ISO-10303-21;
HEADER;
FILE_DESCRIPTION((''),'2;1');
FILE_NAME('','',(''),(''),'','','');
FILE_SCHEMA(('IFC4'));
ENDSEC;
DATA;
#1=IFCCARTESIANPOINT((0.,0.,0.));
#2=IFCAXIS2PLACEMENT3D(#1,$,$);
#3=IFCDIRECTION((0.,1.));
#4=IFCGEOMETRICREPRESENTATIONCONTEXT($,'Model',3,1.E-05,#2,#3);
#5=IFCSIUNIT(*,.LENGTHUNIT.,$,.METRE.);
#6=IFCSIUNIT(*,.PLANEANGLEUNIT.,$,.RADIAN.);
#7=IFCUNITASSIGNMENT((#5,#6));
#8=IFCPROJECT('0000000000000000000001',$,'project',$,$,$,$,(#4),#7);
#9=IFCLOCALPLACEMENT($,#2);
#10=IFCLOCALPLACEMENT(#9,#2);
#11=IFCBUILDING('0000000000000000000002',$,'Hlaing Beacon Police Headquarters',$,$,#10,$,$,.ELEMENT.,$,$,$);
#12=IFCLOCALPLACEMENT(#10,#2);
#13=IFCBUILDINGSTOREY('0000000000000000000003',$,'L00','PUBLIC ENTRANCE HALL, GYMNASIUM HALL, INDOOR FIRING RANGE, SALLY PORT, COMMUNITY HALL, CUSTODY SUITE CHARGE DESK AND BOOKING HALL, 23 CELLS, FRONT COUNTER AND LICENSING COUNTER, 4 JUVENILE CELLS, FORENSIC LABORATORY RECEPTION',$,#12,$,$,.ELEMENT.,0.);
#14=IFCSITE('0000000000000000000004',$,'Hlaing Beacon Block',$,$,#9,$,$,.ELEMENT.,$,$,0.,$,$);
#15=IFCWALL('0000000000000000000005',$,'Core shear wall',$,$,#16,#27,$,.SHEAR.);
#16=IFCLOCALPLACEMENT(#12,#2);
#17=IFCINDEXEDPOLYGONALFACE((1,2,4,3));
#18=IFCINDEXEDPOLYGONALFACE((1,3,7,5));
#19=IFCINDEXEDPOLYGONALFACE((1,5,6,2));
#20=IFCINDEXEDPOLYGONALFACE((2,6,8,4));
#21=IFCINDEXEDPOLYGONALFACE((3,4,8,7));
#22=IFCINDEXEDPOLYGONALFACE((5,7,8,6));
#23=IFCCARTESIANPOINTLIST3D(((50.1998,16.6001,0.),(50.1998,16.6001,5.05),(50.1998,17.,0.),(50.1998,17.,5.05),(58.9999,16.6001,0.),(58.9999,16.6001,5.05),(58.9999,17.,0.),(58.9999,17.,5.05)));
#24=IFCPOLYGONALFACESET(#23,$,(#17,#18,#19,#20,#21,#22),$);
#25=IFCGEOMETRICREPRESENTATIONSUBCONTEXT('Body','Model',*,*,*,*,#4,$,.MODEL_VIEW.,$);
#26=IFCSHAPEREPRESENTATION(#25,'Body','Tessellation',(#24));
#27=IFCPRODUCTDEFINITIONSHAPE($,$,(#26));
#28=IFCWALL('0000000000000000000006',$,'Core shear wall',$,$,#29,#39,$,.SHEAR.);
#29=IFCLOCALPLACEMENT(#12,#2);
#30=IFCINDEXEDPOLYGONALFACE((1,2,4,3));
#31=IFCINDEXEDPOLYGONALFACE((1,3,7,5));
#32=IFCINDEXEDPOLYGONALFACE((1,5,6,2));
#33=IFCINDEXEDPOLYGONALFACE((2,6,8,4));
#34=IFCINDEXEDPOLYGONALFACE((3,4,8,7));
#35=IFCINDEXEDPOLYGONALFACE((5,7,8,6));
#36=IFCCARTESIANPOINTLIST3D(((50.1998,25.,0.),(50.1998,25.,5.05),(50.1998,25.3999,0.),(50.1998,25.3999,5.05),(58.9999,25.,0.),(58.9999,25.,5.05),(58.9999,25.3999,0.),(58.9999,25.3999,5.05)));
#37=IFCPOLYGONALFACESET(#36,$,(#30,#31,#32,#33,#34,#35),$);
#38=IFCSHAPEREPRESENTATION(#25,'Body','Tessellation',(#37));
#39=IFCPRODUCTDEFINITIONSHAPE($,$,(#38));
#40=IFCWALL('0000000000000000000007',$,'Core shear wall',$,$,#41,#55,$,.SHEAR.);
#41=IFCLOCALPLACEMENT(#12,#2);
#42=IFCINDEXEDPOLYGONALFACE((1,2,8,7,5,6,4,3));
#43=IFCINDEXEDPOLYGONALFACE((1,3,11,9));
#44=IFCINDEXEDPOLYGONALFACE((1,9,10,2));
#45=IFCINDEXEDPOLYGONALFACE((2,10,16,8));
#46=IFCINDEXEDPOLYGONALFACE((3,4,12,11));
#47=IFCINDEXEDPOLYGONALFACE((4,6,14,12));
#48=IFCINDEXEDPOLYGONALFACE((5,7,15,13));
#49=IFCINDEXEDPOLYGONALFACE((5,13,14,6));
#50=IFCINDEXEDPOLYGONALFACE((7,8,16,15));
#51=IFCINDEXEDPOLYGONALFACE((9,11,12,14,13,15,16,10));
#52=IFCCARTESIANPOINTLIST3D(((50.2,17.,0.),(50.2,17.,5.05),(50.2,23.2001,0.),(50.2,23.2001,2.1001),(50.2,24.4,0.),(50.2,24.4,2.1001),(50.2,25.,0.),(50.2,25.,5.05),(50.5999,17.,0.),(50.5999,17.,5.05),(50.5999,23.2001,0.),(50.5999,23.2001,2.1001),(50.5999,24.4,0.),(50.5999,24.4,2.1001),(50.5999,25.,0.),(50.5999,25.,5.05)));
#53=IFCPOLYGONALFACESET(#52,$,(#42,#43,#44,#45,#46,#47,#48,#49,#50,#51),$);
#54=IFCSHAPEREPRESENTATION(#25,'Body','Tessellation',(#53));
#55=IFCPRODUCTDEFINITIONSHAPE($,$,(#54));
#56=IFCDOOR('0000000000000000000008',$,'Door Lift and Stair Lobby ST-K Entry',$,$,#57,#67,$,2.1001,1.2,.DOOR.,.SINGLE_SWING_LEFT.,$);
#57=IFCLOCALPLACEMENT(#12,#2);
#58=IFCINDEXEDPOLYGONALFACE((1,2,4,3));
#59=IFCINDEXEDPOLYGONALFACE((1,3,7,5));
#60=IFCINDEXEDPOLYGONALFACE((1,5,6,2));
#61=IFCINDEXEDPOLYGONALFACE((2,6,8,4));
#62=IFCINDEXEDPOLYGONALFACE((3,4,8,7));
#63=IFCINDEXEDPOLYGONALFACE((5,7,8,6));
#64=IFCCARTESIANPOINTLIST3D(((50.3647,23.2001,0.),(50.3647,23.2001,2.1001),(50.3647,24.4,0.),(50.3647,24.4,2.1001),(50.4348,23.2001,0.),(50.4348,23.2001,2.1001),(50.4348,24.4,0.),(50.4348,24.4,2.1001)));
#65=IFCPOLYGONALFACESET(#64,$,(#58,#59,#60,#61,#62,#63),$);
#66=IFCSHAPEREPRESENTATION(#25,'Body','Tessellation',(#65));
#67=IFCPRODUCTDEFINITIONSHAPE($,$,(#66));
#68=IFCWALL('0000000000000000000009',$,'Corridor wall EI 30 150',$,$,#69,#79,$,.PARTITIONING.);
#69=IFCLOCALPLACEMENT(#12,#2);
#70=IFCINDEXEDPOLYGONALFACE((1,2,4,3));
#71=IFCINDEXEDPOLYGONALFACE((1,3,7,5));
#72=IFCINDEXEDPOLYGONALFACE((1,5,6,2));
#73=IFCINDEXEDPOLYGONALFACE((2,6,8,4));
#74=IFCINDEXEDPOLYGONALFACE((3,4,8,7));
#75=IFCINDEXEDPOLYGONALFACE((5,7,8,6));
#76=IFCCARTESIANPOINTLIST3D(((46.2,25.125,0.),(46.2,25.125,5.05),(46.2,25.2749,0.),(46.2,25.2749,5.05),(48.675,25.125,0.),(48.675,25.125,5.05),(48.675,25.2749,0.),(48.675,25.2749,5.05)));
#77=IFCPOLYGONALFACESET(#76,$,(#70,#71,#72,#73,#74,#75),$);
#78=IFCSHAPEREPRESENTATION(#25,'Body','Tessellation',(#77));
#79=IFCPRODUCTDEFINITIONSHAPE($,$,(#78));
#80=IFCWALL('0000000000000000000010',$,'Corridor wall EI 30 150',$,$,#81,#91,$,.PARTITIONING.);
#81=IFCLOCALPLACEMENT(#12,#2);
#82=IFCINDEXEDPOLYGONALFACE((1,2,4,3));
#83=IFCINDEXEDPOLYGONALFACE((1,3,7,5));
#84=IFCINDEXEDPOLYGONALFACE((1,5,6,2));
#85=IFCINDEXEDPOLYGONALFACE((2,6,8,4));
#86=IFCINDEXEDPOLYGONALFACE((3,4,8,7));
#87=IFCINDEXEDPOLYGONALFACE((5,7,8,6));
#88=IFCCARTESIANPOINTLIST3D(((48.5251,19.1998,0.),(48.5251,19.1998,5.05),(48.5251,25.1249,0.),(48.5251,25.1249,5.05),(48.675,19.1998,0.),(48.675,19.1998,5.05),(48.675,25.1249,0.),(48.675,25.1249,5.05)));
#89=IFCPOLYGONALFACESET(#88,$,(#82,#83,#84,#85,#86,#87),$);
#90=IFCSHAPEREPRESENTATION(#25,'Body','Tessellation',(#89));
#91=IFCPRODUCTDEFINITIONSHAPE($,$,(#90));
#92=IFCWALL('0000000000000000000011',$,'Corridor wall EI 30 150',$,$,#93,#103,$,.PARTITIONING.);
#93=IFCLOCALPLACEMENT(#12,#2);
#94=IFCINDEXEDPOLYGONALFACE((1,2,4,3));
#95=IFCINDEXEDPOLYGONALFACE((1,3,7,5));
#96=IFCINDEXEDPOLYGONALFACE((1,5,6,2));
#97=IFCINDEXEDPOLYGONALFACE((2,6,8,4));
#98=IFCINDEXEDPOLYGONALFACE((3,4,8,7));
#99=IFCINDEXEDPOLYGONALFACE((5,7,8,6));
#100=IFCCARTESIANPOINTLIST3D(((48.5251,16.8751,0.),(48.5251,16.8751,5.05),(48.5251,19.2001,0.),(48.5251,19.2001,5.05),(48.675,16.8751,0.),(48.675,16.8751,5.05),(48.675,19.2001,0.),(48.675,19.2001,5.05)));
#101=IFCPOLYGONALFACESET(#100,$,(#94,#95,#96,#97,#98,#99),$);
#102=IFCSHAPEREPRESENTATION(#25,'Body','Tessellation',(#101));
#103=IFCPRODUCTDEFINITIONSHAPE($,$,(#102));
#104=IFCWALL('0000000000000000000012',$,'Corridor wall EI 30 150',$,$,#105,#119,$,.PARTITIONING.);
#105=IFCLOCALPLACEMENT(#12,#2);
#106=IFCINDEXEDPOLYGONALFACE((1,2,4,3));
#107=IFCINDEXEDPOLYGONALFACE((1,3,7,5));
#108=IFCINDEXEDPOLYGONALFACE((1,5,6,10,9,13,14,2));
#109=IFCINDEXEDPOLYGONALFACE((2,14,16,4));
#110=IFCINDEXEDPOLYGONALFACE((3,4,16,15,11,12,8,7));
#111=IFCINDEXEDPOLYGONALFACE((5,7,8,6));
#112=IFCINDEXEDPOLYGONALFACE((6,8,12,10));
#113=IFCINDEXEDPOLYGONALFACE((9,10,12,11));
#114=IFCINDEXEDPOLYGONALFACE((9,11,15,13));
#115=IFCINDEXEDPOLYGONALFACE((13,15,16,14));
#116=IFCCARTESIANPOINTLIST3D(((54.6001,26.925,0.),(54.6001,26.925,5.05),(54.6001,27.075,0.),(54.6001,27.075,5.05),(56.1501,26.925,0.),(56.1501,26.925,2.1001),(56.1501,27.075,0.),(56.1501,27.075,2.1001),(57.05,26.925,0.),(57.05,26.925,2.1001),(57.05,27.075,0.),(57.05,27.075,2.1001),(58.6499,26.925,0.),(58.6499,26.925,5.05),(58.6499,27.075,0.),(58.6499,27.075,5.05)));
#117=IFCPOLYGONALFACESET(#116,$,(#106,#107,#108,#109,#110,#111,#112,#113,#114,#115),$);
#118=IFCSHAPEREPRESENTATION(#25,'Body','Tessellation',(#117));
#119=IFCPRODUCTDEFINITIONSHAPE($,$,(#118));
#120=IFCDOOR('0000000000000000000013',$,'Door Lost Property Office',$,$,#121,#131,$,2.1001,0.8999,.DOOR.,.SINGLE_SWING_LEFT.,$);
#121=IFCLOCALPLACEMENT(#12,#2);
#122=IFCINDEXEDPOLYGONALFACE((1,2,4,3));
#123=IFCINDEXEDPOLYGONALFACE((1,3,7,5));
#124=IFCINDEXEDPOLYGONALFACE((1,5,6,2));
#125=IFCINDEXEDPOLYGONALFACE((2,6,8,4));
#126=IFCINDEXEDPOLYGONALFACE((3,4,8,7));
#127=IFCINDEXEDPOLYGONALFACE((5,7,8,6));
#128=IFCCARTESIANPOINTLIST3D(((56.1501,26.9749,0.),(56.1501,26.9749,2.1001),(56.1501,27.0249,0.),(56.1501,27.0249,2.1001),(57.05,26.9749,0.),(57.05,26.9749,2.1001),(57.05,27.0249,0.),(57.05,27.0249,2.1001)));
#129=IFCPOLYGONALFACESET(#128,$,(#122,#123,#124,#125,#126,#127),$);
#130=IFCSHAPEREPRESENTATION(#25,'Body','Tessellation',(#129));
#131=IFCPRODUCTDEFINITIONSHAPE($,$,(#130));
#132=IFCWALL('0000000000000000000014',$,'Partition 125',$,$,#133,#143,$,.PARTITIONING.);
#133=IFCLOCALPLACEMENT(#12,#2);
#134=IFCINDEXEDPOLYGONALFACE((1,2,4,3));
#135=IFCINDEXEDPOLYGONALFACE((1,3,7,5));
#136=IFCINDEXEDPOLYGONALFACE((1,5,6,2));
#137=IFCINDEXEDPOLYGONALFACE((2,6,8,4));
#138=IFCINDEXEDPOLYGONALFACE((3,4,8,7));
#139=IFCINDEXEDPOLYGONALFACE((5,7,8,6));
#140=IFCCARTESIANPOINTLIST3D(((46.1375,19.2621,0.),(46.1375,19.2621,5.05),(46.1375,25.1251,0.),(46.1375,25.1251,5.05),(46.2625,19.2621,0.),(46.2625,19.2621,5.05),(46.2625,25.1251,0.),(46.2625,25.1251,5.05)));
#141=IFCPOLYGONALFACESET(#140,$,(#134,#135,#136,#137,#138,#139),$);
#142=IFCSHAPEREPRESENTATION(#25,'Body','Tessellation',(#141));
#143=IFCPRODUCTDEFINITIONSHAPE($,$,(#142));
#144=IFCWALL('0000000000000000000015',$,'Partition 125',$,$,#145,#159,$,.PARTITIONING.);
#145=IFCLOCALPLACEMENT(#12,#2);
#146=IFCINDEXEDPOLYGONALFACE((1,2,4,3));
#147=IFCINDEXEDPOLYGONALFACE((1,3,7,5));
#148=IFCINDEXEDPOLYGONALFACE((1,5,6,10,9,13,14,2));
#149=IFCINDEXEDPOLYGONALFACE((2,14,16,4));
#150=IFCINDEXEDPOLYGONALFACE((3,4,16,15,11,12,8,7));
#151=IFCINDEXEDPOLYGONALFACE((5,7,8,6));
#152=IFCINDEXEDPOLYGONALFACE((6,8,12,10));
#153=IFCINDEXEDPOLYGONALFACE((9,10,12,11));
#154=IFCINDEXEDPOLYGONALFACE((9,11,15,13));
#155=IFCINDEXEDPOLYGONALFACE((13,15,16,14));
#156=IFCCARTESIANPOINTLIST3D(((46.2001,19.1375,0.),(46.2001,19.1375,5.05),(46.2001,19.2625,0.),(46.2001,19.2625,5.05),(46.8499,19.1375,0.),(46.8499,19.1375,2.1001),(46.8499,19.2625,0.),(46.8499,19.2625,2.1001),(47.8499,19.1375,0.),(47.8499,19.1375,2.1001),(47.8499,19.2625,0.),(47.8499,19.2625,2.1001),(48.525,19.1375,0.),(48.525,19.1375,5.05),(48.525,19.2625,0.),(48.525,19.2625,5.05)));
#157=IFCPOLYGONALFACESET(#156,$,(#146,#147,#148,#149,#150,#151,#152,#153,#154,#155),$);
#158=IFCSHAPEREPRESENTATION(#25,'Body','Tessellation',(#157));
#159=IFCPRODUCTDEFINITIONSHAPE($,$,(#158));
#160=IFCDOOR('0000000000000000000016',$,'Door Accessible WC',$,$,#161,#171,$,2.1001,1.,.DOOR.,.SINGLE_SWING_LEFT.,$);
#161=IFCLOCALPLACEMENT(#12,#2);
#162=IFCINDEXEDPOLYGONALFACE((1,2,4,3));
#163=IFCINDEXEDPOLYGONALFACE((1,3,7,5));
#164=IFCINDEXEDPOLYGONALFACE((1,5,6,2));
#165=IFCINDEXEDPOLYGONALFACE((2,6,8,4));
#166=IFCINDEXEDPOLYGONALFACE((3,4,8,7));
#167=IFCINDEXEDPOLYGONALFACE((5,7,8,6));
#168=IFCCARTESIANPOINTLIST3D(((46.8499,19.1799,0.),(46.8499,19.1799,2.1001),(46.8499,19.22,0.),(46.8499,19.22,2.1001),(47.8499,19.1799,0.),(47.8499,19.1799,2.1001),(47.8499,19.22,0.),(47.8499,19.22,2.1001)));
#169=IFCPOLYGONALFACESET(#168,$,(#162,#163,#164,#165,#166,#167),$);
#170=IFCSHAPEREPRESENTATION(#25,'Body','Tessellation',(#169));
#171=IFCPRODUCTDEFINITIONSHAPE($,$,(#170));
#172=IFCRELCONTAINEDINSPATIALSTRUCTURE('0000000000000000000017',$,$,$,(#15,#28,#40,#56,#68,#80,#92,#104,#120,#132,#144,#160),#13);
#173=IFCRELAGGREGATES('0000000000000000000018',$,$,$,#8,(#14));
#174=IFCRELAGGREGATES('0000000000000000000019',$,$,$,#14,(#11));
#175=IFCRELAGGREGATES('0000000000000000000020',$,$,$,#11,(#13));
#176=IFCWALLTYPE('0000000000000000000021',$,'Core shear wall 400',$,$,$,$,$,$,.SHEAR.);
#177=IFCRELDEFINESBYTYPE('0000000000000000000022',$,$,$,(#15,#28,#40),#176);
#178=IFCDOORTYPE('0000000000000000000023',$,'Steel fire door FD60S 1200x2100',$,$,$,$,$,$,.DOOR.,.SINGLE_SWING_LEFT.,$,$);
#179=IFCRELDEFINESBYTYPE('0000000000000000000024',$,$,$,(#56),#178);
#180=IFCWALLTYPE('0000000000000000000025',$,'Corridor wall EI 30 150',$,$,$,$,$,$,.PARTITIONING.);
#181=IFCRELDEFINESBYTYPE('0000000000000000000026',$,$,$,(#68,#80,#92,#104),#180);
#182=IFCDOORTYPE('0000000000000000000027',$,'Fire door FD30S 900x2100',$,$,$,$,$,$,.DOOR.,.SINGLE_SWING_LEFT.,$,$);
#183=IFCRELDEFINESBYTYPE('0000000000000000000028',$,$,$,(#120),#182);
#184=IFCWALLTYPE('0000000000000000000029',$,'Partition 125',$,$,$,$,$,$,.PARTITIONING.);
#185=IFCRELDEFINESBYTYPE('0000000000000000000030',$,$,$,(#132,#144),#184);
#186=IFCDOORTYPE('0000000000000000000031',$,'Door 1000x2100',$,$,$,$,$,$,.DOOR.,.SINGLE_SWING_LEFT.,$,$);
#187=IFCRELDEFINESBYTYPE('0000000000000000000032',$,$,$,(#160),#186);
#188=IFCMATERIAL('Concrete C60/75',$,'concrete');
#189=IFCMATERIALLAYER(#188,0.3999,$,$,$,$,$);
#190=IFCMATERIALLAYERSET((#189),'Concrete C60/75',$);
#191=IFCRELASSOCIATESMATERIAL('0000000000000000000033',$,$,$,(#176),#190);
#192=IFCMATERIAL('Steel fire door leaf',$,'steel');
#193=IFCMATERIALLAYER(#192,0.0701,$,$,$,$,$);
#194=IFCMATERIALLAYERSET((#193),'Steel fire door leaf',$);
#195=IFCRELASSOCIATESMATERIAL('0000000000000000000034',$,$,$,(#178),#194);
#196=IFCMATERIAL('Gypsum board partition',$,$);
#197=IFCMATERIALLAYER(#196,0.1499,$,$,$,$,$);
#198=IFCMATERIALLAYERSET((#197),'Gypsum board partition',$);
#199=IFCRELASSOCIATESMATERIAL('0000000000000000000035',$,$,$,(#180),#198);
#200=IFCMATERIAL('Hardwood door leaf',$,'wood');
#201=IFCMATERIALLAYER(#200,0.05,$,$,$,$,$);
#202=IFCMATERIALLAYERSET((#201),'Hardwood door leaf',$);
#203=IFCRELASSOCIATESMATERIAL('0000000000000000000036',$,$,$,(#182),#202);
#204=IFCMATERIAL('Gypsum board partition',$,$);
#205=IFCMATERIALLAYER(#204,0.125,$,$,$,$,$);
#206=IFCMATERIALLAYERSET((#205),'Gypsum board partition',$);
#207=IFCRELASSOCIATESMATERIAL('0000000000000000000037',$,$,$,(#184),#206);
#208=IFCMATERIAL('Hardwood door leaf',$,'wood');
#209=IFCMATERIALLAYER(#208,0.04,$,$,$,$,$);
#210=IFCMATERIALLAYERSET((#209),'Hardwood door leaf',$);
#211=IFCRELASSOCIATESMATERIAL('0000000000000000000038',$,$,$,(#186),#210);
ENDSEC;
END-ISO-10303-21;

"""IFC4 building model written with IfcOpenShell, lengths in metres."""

from ifc_helpers import new_model, si_unit, direction, frame, frame_2d, origin, place, context, subcontext, project, spatial, rectangle, extrude, material, layer, layer_set, type_object, element, fill, save


model = new_model("IFC4")

# Units and contexts
model_context = context("Model", 3, precision=1e-05, world=origin(), true_north=direction((0.0, 1.0)))
body_context = subcontext(model_context, "Body", "Model", "MODEL_VIEW")
ifc_project = project(units=[si_unit("LENGTHUNIT", "METRE"), si_unit("PLANEANGLEUNIT", "RADIAN")], contexts=[model_context])

# Site, building, storey
site_placement = place(None, origin())
site = spatial("IfcSite", under=ifc_project, at=site_placement, Name="Hlaing Beacon Block", CompositionType="ELEMENT", RefElevation=0.0)
building_placement = place(site_placement, origin())
building = spatial("IfcBuilding", under=site, at=building_placement, Name="Hlaing Beacon Police Headquarters", CompositionType="ELEMENT")
storey_placement = place(building_placement, origin())
storey = spatial("IfcBuildingStorey", under=building, at=storey_placement, Name="L00", Description="PUBLIC ENTRANCE HALL, GYMNASIUM HALL, INDOOR FIRING RANGE, SALLY PORT, COMMUNITY HALL, CUSTODY SUITE CHARGE DESK AND BOOKING HALL, 23 CELLS, FRONT COUNTER AND LICENSING COUNTER, 4 JUVENILE CELLS, FORENSIC LABORATORY RECEPTION", CompositionType="ELEMENT", Elevation=0.0)

# Walls
ifc_material_1 = material(Name="Concrete C60/75", Category="concrete")
ifc_layer_1 = layer(ifc_material_1, 0.3999)
ifc_layer_set_1 = layer_set([ifc_layer_1], Name="Concrete C60/75")
wall_type_1 = type_object("IfcWallType", Name="Core shear wall 400", PredefinedType="SHEAR", material=ifc_layer_set_1)
for number, where, z_axis, x_axis, name in (
    (1, (50.2, 16.8, 0.0), (0.0, 0.0, 1.0), (1.0, 0.0, 0.0), "Core shear wall"),
    (2, (50.2, 25.2, 0.0), (0.0, 0.0, 1.0), (1.0, 0.0, 0.0), "Core shear wall"),
):
    element("IfcWall", number, at=place(storey_placement, frame(where, z_axis=z_axis, x_axis=x_axis)), inside=storey, type_object=wall_type_1, Name=name, PredefinedType="SHEAR", context=body_context, shape_type="SweptSolid", body=[
        extrude(rectangle(XDim=8.8, YDim=0.3999, at=frame_2d((4.3999, 0.0))), origin(), (0.0, 0.0, 1.0), 5.05),
    ])

# Wall, opening, door
wall_1_placement = place(storey_placement, frame((50.3999, 17.0, 0.0), z_axis=(0.0, 0.0, 1.0), x_axis=(0.0, 1.0, 0.0)))
wall_1 = element("IfcWall", 3, at=wall_1_placement, inside=storey, type_object=wall_type_1, Name="Core shear wall", PredefinedType="SHEAR", context=body_context, shape_type="SweptSolid", body=[
    extrude(rectangle(XDim=8.0, YDim=0.3999, at=frame_2d((4.0, 0.0))), origin(), (0.0, 0.0, 1.0), 5.05),
])
opening_1_placement = place(wall_1_placement, frame((6.2, 0.0, 0.0)))
opening_1 = element("IfcOpeningElement", 4, at=opening_1_placement, cuts=wall_1, PredefinedType="OPENING", context=body_context, shape_type="SweptSolid", body=[
    extrude(rectangle(XDim=1.2, YDim=2.1001, at=frame_2d((0.6001, 1.05))), frame((0.0, 0.21, 0.0), z_axis=(0.0, -1.0, 0.0), x_axis=(1.0, 0.0, 0.0)), (0.0, 0.0, 1.0), 0.4199),
])
ifc_material_2 = material(Name="Steel fire door leaf", Category="steel")
ifc_layer_2 = layer(ifc_material_2, 0.0701)
ifc_layer_set_2 = layer_set([ifc_layer_2], Name="Steel fire door leaf")
door_type_1 = type_object("IfcDoorType", Name="Steel fire door FD60S 1200x2100", OperationType="SINGLE_SWING_LEFT", PredefinedType="DOOR", material=ifc_layer_set_2)
door_1_placement = place(opening_1_placement, frame((1.2, 0.0, 0.0), z_axis=(0.0, 0.0, 1.0), x_axis=(-1.0, 0.0, 0.0)))
door_1 = element("IfcDoor", 5, at=door_1_placement, inside=storey, type_object=door_type_1, Name="Door Lift and Stair Lobby ST-K Entry", OperationType="SINGLE_SWING_LEFT", OverallHeight=2.1001, OverallWidth=1.2, PredefinedType="DOOR", context=body_context, shape_type="SweptSolid", body=[
    extrude(rectangle(XDim=1.2, YDim=2.1001, at=frame_2d((0.5999, 1.05))), frame((0.0, 0.0349, 0.0), z_axis=(0.0, -1.0, 0.0), x_axis=(1.0, 0.0, 0.0)), (0.0, 0.0, 1.0), 0.0701),
])
fill(opening_1, door_1)

# Walls
ifc_material_3 = material(Name="Gypsum board partition")
ifc_layer_3 = layer(ifc_material_3, 0.1499)
ifc_layer_set_3 = layer_set([ifc_layer_3], Name="Gypsum board partition")
wall_type_2 = type_object("IfcWallType", Name="Corridor wall EI 30 150", PredefinedType="PARTITIONING", material=ifc_layer_set_3)
wall_2_placement = place(storey_placement, frame((46.2, 25.2, 0.0), z_axis=(0.0, 0.0, 1.0), x_axis=(1.0, 0.0, 0.0)))
element("IfcWall", 6, at=wall_2_placement, inside=storey, type_object=wall_type_2, Name="Corridor wall EI 30 150", PredefinedType="PARTITIONING", context=body_context, shape_type="SweptSolid", body=[
    extrude(rectangle(XDim=2.4751, YDim=0.1499, at=frame_2d((1.2375, 0.0))), origin(), (0.0, 0.0, 1.0), 5.05),
])
wall_3_placement = place(storey_placement, frame((48.6001, 19.2, 0.0), z_axis=(0.0, 0.0, 1.0), x_axis=(0.0, 1.0, 0.0)))
element("IfcWall", 7, at=wall_3_placement, inside=storey, type_object=wall_type_2, Name="Corridor wall EI 30 150", PredefinedType="PARTITIONING", context=body_context, shape_type="SweptSolid", body=[
    extrude(rectangle(XDim=5.925, YDim=0.1499, at=frame_2d((2.9624, 0.0))), origin(), (0.0, 0.0, 1.0), 5.05),
])
wall_4_placement = place(storey_placement, frame((48.6001, 16.875, 0.0), z_axis=(0.0, 0.0, 1.0), x_axis=(0.0, 1.0, 0.0)))
element("IfcWall", 8, at=wall_4_placement, inside=storey, type_object=wall_type_2, Name="Corridor wall EI 30 150", PredefinedType="PARTITIONING", context=body_context, shape_type="SweptSolid", body=[
    extrude(rectangle(XDim=2.325, YDim=0.1499, at=frame_2d((1.1626, 0.0))), origin(), (0.0, 0.0, 1.0), 5.05),
])

# Wall, opening, door
wall_5_placement = place(storey_placement, frame((54.6001, 27.0, 0.0), z_axis=(0.0, 0.0, 1.0), x_axis=(1.0, 0.0, 0.0)))
wall_5 = element("IfcWall", 9, at=wall_5_placement, inside=storey, type_object=wall_type_2, Name="Corridor wall EI 30 150", PredefinedType="PARTITIONING", context=body_context, shape_type="SweptSolid", body=[
    extrude(rectangle(XDim=4.0498, YDim=0.1499, at=frame_2d((2.0249, 0.0))), origin(), (0.0, 0.0, 1.0), 5.05),
])
opening_2_placement = place(wall_5_placement, frame((1.55, 0.0, 0.0)))
opening_2 = element("IfcOpeningElement", 10, at=opening_2_placement, cuts=wall_5, PredefinedType="OPENING", context=body_context, shape_type="SweptSolid", body=[
    extrude(rectangle(XDim=0.8999, YDim=2.1001, at=frame_2d((0.45, 1.05))), frame((0.0, 0.085, 0.0), z_axis=(0.0, -1.0, 0.0), x_axis=(1.0, 0.0, 0.0)), (0.0, 0.0, 1.0), 0.1699),
])
ifc_material_4 = material(Name="Hardwood door leaf", Category="wood")
ifc_layer_4 = layer(ifc_material_4, 0.05)
ifc_layer_set_4 = layer_set([ifc_layer_4], Name="Hardwood door leaf")
door_type_2 = type_object("IfcDoorType", Name="Fire door FD30S 900x2100", OperationType="SINGLE_SWING_LEFT", PredefinedType="DOOR", material=ifc_layer_set_4)
door_2_placement = place(opening_2_placement, origin())
door_2 = element("IfcDoor", 11, at=door_2_placement, inside=storey, type_object=door_type_2, Name="Door Lost Property Office", OperationType="SINGLE_SWING_LEFT", OverallHeight=2.1001, OverallWidth=0.8999, PredefinedType="DOOR", context=body_context, shape_type="SweptSolid", body=[
    extrude(rectangle(XDim=0.8999, YDim=2.1001, at=frame_2d((0.45, 1.05))), frame((0.0, 0.0249, 0.0), z_axis=(0.0, -1.0, 0.0), x_axis=(1.0, 0.0, 0.0)), (0.0, 0.0, 1.0), 0.05),
])
fill(opening_2, door_2)

# Wall
ifc_material_5 = material(Name="Gypsum board partition")
ifc_layer_5 = layer(ifc_material_5, 0.125)
ifc_layer_set_5 = layer_set([ifc_layer_5], Name="Gypsum board partition")
wall_type_3 = type_object("IfcWallType", Name="Partition 125", PredefinedType="PARTITIONING", material=ifc_layer_set_5)
wall_6_placement = place(storey_placement, frame((46.2, 19.262, 0.0), z_axis=(0.0, 0.0, 1.0), x_axis=(0.0, 1.0, 0.0)))
element("IfcWall", 12, at=wall_6_placement, inside=storey, type_object=wall_type_3, Name="Partition 125", PredefinedType="PARTITIONING", context=body_context, shape_type="SweptSolid", body=[
    extrude(rectangle(XDim=5.863, YDim=0.125, at=frame_2d((2.9316, 0.0))), origin(), (0.0, 0.0, 1.0), 5.05),
])

# Wall, opening, door
wall_7_placement = place(storey_placement, frame((46.2, 19.2, 0.0), z_axis=(0.0, 0.0, 1.0), x_axis=(1.0, 0.0, 0.0)))
wall_7 = element("IfcWall", 13, at=wall_7_placement, inside=storey, type_object=wall_type_3, Name="Partition 125", PredefinedType="PARTITIONING", context=body_context, shape_type="SweptSolid", body=[
    extrude(rectangle(XDim=2.325, YDim=0.125, at=frame_2d((1.1626, 0.0))), origin(), (0.0, 0.0, 1.0), 5.05),
])
opening_3_placement = place(wall_7_placement, frame((0.6499, 0.0, 0.0)))
opening_3 = element("IfcOpeningElement", 14, at=opening_3_placement, cuts=wall_7, PredefinedType="OPENING", context=body_context, shape_type="SweptSolid", body=[
    extrude(rectangle(XDim=1.0, YDim=2.1001, at=frame_2d((0.5, 1.05))), frame((0.0, 0.0725, 0.0), z_axis=(0.0, -1.0, 0.0), x_axis=(1.0, 0.0, 0.0)), (0.0, 0.0, 1.0), 0.145),
])
ifc_material_6 = material(Name="Hardwood door leaf", Category="wood")
ifc_layer_6 = layer(ifc_material_6, 0.04)
ifc_layer_set_6 = layer_set([ifc_layer_6], Name="Hardwood door leaf")
door_type_3 = type_object("IfcDoorType", Name="Door 1000x2100", OperationType="SINGLE_SWING_LEFT", PredefinedType="DOOR", material=ifc_layer_set_6)
door_3_placement = place(opening_3_placement, origin())
door_3 = element("IfcDoor", 15, at=door_3_placement, inside=storey, type_object=door_type_3, Name="Door Accessible WC", OperationType="SINGLE_SWING_LEFT", OverallHeight=2.1001, OverallWidth=1.0, PredefinedType="DOOR", context=body_context, shape_type="SweptSolid", body=[
    extrude(rectangle(XDim=1.0, YDim=2.1001, at=frame_2d((0.5, 1.05))), frame((0.0, 0.02, 0.0), z_axis=(0.0, -1.0, 0.0), x_axis=(1.0, 0.0, 0.0)), (0.0, 0.0, 1.0), 0.04),
])
fill(opening_3, door_3)

save(model, "model.ifc")
